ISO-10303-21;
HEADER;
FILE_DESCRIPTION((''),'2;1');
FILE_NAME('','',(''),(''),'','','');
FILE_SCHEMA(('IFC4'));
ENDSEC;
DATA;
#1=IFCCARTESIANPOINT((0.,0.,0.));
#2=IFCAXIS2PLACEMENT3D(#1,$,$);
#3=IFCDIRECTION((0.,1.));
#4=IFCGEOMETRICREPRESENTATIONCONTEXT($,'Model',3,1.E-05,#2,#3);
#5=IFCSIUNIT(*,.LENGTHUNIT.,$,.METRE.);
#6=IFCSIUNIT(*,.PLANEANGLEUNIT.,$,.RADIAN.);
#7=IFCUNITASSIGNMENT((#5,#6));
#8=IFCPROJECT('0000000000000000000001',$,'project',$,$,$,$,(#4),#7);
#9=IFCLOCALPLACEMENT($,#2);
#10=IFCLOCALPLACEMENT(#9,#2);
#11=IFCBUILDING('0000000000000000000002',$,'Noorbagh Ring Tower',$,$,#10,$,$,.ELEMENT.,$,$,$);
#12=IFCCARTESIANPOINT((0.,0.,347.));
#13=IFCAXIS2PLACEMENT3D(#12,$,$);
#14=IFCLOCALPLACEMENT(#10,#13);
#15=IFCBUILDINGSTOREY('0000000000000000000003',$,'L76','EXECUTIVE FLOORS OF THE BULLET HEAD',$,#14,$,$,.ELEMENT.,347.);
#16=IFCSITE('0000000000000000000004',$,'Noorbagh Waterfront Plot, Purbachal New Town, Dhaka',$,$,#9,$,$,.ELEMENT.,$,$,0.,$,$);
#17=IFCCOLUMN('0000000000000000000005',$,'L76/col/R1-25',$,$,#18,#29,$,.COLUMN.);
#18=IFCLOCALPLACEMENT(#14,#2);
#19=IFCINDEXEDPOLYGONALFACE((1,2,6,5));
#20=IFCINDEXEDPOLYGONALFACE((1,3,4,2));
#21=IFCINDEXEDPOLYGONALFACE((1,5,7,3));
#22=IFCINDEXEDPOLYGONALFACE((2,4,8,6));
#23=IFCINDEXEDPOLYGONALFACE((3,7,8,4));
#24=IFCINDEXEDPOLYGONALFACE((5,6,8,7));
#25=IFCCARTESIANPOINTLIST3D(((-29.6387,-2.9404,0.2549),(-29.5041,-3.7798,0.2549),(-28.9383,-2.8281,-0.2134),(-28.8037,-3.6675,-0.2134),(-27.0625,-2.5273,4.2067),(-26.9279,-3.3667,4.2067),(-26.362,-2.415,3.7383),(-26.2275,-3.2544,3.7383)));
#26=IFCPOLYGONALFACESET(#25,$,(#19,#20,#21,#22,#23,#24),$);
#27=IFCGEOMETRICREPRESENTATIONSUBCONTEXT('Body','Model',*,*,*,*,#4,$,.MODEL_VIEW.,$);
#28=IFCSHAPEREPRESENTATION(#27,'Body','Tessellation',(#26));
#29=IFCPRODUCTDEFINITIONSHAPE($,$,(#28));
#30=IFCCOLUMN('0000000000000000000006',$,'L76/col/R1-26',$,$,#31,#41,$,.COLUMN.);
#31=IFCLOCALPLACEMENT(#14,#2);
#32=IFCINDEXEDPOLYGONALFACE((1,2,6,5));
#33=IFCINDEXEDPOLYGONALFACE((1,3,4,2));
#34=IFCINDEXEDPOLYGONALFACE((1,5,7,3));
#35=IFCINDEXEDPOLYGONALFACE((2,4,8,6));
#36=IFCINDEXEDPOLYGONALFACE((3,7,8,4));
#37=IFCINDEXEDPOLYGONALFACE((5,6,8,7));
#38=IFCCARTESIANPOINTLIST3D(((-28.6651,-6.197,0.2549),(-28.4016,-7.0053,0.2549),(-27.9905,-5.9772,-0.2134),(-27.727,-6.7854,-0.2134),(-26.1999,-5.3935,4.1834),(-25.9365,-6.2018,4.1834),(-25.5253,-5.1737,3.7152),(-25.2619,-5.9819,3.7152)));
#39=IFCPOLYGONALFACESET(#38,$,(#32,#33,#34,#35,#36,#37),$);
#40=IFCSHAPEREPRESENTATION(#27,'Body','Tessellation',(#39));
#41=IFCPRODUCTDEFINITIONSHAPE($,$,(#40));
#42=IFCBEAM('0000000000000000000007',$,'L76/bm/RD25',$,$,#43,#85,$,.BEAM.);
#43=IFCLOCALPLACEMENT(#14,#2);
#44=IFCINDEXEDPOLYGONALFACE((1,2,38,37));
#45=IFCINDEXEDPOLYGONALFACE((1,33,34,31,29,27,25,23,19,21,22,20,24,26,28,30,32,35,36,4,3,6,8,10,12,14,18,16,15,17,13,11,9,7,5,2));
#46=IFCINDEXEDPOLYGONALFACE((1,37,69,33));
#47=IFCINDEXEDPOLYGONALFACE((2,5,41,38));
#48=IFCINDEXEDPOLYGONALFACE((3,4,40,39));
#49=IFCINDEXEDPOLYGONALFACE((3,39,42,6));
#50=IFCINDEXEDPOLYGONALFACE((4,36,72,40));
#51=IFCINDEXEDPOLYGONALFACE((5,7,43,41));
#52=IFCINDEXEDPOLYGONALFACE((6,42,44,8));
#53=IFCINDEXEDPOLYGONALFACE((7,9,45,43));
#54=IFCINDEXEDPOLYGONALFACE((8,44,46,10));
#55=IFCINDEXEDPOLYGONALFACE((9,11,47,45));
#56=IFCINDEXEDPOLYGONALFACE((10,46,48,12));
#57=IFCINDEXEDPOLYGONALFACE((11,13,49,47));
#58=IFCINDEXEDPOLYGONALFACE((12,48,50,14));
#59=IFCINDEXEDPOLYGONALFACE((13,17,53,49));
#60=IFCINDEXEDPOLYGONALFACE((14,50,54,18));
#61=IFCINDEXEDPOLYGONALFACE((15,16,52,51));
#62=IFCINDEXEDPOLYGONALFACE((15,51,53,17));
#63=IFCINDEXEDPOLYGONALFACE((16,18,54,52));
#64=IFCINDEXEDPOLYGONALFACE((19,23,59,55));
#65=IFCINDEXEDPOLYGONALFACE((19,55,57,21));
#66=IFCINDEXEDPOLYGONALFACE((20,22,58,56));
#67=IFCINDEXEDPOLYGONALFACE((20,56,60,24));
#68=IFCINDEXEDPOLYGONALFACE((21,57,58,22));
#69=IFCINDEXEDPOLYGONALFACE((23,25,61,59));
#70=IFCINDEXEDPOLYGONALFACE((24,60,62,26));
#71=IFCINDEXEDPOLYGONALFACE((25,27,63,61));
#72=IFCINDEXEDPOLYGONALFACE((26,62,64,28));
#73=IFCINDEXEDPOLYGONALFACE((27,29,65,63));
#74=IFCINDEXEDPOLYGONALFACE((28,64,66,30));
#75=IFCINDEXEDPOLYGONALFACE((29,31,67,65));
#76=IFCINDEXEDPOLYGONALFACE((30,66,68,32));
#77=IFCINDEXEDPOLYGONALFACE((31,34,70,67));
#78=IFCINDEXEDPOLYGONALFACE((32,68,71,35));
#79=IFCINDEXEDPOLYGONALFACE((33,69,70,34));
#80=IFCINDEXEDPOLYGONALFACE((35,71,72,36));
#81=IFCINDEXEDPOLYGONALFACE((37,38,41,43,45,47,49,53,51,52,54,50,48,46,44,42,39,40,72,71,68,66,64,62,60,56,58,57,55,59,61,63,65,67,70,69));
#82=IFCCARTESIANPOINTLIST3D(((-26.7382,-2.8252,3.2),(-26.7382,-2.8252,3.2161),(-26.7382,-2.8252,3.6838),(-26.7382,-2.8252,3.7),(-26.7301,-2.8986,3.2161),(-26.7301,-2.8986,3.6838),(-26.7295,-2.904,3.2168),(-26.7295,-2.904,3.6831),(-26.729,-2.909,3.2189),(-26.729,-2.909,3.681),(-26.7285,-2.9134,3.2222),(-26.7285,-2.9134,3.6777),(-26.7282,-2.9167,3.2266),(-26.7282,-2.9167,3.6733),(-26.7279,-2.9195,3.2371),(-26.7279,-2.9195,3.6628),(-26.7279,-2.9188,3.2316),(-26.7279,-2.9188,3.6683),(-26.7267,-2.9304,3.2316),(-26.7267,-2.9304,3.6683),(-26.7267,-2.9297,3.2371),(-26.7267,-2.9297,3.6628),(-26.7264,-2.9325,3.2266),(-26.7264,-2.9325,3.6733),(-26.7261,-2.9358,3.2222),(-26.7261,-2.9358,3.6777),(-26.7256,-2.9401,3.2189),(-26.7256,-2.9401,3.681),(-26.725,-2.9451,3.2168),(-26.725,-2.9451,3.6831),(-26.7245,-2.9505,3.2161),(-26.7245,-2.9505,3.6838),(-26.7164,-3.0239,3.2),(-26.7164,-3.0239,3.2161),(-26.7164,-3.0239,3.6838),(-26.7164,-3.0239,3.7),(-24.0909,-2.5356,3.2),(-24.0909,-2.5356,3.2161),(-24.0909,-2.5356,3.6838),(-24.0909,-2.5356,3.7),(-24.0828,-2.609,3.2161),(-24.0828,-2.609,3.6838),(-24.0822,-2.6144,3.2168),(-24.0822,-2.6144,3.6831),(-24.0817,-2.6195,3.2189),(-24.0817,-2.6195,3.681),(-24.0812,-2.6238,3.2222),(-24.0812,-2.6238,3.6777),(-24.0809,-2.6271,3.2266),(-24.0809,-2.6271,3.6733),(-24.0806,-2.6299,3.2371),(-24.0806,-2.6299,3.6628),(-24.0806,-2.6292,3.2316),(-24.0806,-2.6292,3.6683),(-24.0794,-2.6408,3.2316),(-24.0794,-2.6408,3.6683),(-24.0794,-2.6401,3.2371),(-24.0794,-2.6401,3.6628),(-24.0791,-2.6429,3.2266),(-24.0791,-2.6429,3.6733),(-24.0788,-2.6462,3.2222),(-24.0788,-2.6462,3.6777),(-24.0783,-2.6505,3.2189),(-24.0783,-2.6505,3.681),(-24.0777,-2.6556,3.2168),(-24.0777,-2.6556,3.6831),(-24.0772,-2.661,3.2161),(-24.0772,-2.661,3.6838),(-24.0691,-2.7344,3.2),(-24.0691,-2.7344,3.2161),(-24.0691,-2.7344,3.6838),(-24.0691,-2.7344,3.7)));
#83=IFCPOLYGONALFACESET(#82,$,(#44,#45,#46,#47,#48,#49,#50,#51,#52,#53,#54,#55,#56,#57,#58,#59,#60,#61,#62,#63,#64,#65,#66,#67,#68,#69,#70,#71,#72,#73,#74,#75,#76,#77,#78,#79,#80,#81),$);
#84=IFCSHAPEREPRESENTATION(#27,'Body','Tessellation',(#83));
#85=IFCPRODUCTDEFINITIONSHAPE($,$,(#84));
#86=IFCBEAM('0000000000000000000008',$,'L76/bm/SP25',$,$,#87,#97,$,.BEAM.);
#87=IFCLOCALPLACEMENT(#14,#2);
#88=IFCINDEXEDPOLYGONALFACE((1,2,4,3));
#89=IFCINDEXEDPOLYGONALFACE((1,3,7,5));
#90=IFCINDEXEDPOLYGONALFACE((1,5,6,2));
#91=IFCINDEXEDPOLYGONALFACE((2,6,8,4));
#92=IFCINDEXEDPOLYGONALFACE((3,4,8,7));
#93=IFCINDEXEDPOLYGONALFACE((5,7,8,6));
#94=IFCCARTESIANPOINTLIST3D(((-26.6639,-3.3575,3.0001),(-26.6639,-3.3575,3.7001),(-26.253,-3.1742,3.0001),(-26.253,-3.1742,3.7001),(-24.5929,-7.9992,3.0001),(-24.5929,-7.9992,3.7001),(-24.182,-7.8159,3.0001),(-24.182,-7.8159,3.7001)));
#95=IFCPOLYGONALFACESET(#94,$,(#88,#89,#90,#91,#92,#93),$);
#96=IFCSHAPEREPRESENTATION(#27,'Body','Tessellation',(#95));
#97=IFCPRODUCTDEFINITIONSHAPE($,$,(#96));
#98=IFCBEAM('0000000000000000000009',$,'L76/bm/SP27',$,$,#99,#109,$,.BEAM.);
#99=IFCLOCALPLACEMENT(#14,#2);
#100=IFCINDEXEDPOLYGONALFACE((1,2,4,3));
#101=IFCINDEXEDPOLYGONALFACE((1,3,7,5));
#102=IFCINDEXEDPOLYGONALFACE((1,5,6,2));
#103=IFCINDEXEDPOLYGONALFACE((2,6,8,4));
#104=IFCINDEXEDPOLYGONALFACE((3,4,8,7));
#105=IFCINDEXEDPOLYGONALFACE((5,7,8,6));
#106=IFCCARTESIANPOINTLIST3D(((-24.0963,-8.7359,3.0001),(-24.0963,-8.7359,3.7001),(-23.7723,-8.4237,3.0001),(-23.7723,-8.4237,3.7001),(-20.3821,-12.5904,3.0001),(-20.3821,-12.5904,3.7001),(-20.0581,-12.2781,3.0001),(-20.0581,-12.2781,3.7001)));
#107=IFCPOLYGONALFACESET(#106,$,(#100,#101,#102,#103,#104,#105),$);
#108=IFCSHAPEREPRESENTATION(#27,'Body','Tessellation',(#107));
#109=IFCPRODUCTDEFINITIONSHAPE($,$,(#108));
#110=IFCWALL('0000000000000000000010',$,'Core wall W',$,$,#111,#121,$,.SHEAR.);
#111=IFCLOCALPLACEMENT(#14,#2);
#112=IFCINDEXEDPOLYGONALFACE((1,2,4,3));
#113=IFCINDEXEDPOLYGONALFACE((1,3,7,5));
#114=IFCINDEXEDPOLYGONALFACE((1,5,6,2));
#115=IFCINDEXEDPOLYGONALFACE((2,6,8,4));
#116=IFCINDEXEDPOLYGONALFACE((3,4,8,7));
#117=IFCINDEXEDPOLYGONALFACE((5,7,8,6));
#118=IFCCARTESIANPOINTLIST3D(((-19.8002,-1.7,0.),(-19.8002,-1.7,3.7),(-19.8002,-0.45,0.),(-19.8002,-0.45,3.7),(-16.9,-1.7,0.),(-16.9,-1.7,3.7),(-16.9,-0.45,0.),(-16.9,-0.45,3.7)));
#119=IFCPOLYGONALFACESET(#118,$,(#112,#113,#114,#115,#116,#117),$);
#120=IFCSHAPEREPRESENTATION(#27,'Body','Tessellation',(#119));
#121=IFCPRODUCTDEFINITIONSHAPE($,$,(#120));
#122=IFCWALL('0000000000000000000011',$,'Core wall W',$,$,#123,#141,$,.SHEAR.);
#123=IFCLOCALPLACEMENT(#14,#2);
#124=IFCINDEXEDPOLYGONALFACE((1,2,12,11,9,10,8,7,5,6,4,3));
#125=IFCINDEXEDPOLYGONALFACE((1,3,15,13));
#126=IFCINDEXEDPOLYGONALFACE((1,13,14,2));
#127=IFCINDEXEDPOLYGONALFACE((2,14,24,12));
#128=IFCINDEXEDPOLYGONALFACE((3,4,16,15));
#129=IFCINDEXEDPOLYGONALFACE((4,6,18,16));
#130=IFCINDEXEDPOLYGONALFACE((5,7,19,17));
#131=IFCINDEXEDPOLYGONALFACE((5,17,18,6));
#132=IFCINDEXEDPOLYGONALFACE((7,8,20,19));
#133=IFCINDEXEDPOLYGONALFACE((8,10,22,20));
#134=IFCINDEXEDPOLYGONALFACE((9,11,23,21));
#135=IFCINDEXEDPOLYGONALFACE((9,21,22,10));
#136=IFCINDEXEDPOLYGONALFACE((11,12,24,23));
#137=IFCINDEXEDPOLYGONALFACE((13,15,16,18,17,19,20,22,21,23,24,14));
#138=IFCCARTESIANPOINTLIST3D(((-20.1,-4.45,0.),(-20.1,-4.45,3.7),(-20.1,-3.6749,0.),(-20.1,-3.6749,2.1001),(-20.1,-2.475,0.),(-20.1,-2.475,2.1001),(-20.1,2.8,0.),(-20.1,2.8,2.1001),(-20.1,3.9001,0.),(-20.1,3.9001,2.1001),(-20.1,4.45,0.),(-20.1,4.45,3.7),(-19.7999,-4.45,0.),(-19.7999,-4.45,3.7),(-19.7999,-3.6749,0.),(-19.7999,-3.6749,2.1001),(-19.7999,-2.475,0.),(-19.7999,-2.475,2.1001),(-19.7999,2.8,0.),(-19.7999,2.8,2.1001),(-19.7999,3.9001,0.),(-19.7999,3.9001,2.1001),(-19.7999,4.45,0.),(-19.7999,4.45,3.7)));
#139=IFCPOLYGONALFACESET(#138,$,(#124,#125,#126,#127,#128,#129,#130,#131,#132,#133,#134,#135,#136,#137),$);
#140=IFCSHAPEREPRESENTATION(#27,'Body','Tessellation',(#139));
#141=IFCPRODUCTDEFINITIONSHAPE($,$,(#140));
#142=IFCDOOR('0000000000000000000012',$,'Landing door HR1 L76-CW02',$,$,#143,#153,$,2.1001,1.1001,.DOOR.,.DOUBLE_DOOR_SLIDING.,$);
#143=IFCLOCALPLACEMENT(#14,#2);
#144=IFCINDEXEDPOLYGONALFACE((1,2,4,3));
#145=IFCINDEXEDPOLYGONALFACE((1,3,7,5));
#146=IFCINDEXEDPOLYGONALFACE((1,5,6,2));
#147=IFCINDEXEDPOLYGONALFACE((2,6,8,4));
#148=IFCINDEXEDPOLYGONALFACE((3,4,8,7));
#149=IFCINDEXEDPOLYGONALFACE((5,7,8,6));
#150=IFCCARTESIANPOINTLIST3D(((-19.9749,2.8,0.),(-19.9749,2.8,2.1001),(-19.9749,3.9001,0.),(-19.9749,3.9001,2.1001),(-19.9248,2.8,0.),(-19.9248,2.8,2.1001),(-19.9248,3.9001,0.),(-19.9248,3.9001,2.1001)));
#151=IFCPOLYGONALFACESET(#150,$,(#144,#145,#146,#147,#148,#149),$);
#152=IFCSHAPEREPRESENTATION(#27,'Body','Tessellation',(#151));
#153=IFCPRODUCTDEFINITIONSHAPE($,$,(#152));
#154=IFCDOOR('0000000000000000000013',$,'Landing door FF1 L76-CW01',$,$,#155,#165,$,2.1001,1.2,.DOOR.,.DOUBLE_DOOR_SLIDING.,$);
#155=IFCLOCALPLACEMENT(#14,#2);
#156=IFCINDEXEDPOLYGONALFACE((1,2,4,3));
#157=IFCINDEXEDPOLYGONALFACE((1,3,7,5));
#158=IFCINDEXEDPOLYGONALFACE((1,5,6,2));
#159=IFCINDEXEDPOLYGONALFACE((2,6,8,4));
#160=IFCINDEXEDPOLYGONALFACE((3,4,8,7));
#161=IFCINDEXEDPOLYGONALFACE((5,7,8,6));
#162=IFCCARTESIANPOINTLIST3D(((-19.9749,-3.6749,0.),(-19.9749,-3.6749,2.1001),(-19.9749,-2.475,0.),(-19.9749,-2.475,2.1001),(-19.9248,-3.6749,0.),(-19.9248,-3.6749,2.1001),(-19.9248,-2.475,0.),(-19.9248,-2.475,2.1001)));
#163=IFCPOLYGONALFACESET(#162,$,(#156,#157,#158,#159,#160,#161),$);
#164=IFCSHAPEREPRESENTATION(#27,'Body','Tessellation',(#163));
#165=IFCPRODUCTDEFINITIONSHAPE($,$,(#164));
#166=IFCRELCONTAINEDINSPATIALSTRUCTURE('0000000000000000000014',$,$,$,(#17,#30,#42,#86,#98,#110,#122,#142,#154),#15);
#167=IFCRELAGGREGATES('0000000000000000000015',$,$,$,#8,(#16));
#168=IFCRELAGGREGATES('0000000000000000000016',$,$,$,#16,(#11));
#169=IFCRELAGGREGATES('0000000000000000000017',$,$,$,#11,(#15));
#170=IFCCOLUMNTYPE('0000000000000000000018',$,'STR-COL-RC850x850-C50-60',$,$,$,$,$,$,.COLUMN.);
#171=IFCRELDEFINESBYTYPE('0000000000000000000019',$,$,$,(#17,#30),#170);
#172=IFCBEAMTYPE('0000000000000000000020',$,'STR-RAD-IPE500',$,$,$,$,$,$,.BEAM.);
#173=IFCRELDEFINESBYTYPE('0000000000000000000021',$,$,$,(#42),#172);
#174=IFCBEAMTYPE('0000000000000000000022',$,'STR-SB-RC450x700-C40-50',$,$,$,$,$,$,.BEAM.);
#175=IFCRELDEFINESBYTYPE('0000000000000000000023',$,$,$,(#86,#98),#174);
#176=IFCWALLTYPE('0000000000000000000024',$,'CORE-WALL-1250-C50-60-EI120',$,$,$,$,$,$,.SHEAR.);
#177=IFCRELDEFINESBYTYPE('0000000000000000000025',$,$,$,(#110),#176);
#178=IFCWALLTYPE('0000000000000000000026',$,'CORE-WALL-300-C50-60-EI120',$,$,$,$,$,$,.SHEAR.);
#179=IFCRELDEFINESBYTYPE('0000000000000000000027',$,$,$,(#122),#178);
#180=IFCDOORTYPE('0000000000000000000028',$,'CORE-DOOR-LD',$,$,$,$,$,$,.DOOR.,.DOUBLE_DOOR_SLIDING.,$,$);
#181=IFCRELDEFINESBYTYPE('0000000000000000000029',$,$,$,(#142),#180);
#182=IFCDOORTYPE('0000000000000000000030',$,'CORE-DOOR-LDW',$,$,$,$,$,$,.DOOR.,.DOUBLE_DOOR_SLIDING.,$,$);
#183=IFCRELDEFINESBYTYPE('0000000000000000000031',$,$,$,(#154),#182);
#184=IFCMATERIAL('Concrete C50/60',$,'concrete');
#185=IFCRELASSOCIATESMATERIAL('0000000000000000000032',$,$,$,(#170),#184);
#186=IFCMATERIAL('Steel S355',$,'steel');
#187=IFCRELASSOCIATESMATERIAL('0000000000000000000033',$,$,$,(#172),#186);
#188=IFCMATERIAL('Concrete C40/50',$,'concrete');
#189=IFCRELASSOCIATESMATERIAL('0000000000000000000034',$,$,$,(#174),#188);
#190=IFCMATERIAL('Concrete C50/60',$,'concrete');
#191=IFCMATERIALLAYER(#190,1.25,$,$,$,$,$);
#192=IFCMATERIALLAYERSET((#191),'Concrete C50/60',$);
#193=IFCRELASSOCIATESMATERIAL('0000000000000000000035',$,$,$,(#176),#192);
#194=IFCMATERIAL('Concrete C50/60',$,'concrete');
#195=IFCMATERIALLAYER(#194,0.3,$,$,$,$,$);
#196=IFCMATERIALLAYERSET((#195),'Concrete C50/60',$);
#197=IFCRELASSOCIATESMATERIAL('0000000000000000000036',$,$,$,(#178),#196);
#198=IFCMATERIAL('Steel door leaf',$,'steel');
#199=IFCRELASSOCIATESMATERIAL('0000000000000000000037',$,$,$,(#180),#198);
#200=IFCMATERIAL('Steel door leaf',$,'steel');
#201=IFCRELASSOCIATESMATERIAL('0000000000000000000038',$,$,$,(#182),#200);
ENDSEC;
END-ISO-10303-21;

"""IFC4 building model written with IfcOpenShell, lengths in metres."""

from ifc_helpers import new_model, si_unit, direction, frame, frame_2d, origin, origin_2d, place, context, subcontext, project, spatial, rectangle, i_section, extrude, material, layer, layer_set, material_profile, profile_set, type_object, element, fill, save


model = new_model("IFC4")

# Units and contexts
model_context = context("Model", 3, precision=1e-05, world=origin(), true_north=direction((0.0, 1.0)))
body_context = subcontext(model_context, "Body", "Model", "MODEL_VIEW")
ifc_project = project(units=[si_unit("LENGTHUNIT", "METRE"), si_unit("PLANEANGLEUNIT", "RADIAN")], contexts=[model_context])

# Site, building, storey
site_placement = place(None, origin())
site = spatial("IfcSite", under=ifc_project, at=site_placement, Name="Noorbagh Waterfront Plot, Purbachal New Town, Dhaka", CompositionType="ELEMENT", RefElevation=0.0)
building_placement = place(site_placement, origin())
building = spatial("IfcBuilding", under=site, at=building_placement, Name="Noorbagh Ring Tower", CompositionType="ELEMENT")
storey_placement = place(building_placement, frame((0.0, 0.0, 347.0)))
storey = spatial("IfcBuildingStorey", under=building, at=storey_placement, Name="L76", Description="EXECUTIVE FLOORS OF THE BULLET HEAD", CompositionType="ELEMENT", Elevation=347.0)

# Columns
ifc_material_1 = material(Name="Concrete C50/60", Category="concrete")
ifc_material_profile_1 = material_profile(ifc_material_1, rectangle(XDim=0.8501, YDim=0.8501, at=origin_2d()), Name="RC850x850")
ifc_profile_set_1 = profile_set([ifc_material_profile_1], Name="Concrete C50/60")
column_type = type_object("IfcColumnType", Name="STR-COL-RC850x850-C50-60", PredefinedType="COLUMN", material=ifc_profile_set_1)
column_1_placement = place(storey_placement, frame((-29.2212, -3.304, 0.0208), z_axis=(0.544037, 0.087236, 0.834514), x_axis=(-0.158326, 0.987387, 0.0)))
element("IfcColumn", 1, at=column_1_placement, inside=storey, type_object=column_type, Name="L76/col/R1-25", PredefinedType="COLUMN", context=body_context, shape_type="SweptSolid", body=[
    extrude(rectangle(XDim=0.8501, YDim=0.8501, at=origin_2d()), origin(), (0.0, 0.0, 1.0), 4.7354),
])
column_2_placement = place(storey_placement, frame((-28.196, -6.4912, 0.0208), z_axis=(0.523716, 0.170699, 0.834616), x_axis=(-0.309893, 0.950771, 0.0)))
element("IfcColumn", 2, at=column_2_placement, inside=storey, type_object=column_type, Name="L76/col/R1-26", PredefinedType="COLUMN", context=body_context, shape_type="SweptSolid", body=[
    extrude(rectangle(XDim=0.8501, YDim=0.8501, at=origin_2d()), origin(), (0.0, 0.0, 1.0), 4.707),
])

# Beams
ifc_material_2 = material(Name="Steel S355", Category="steel")
ifc_material_profile_2 = material_profile(ifc_material_2, i_section(OverallWidth=0.2, OverallDepth=0.5, WebThickness=0.0103, FlangeThickness=0.0161, FilletRadius=0.021, at=origin_2d()), Name="IPE500")
ifc_profile_set_2 = profile_set([ifc_material_profile_2], Name="Steel S355")
beam_type_1 = type_object("IfcBeamType", Name="STR-RAD-IPE500", PredefinedType="BEAM", material=ifc_profile_set_2)
beam_1_placement = place(storey_placement, frame((-26.7273, -2.9246, 3.45), z_axis=(0.994071, 0.108731, 0.0), x_axis=(-0.108731, 0.994071, 0.0)))
element("IfcBeam", 3, at=beam_1_placement, inside=storey, type_object=beam_type_1, Name="L76/bm/RD25", PredefinedType="BEAM", context=body_context, shape_type="SweptSolid", body=[
    extrude(i_section(OverallWidth=0.2, OverallDepth=0.5, WebThickness=0.0103, FlangeThickness=0.0161, FilletRadius=0.021, at=origin_2d()), origin(), (0.0, 0.0, 1.0), 2.6631),
])
ifc_material_3 = material(Name="Concrete C40/50", Category="concrete")
ifc_material_profile_3 = material_profile(ifc_material_3, rectangle(XDim=0.45, YDim=0.7, at=origin_2d()), Name="RC450x700")
ifc_profile_set_3 = profile_set([ifc_material_profile_3], Name="Concrete C40/50")
beam_type_2 = type_object("IfcBeamType", Name="STR-SB-RC450x700-C40-50", PredefinedType="BEAM", material=ifc_profile_set_3)
beam_2_placement = place(storey_placement, frame((-26.4585, -3.2659, 3.3501), z_axis=(0.407471, -0.913218, 0.0), x_axis=(0.913218, 0.407471, 0.0)))
element("IfcBeam", 4, at=beam_2_placement, inside=storey, type_object=beam_type_2, Name="L76/bm/SP25", PredefinedType="BEAM", context=body_context, shape_type="SweptSolid", body=[
    extrude(rectangle(XDim=0.45, YDim=0.7, at=origin_2d()), origin(), (0.0, 0.0, 1.0), 5.0828),
])
beam_3_placement = place(storey_placement, frame((-23.9343, -8.5798, 3.3501), z_axis=(0.693896, -0.720075, 0.0), x_axis=(0.720075, 0.693896, 0.0)))
element("IfcBeam", 5, at=beam_3_placement, inside=storey, type_object=beam_type_2, Name="L76/bm/SP27", PredefinedType="BEAM", context=body_context, shape_type="SweptSolid", body=[
    extrude(rectangle(XDim=0.45, YDim=0.7, at=origin_2d()), origin(), (0.0, 0.0, 1.0), 5.3528),
])

# Wall
ifc_material_4 = material(Name="Concrete C50/60", Category="concrete")
ifc_layer_1 = layer(ifc_material_4, 1.25)
ifc_layer_set_1 = layer_set([ifc_layer_1], Name="Concrete C50/60")
wall_type_1 = type_object("IfcWallType", Name="CORE-WALL-1250-C50-60-EI120", PredefinedType="SHEAR", material=ifc_layer_set_1)
wall_1_placement = place(storey_placement, frame((-16.8999, -1.075, 0.0), z_axis=(0.0, 0.0, 1.0), x_axis=(-1.0, 0.0, 0.0)))
element("IfcWall", 6, at=wall_1_placement, inside=storey, type_object=wall_type_1, Name="Core wall W", PredefinedType="SHEAR", context=body_context, shape_type="SweptSolid", body=[
    extrude(rectangle(XDim=2.9001, YDim=1.25, at=frame_2d((1.4502, 0.0))), origin(), (0.0, 0.0, 1.0), 3.7),
])

# Wall, openings, doors
ifc_material_5 = material(Name="Concrete C50/60", Category="concrete")
ifc_layer_2 = layer(ifc_material_5, 0.3)
ifc_layer_set_2 = layer_set([ifc_layer_2], Name="Concrete C50/60")
wall_type_2 = type_object("IfcWallType", Name="CORE-WALL-300-C50-60-EI120", PredefinedType="SHEAR", material=ifc_layer_set_2)
wall_2_placement = place(storey_placement, frame((-19.95, -4.45, 0.0), z_axis=(0.0, 0.0, 1.0), x_axis=(0.0, 1.0, 0.0)))
wall_2 = element("IfcWall", 7, at=wall_2_placement, inside=storey, type_object=wall_type_2, Name="Core wall W", PredefinedType="SHEAR", context=body_context, shape_type="SweptSolid", body=[
    extrude(rectangle(XDim=8.8999, YDim=0.3, at=frame_2d((4.45, 0.0))), origin(), (0.0, 0.0, 1.0), 3.7),
])
opening_1_placement = place(wall_2_placement, frame((0.7749, 0.0, 0.0)))
opening_1 = element("IfcOpeningElement", 8, at=opening_1_placement, cuts=wall_2, PredefinedType="OPENING", context=body_context, shape_type="SweptSolid", body=[
    extrude(rectangle(XDim=1.2, YDim=2.1001, at=frame_2d((0.6001, 1.05))), frame((0.0, 0.1602, 0.0), z_axis=(0.0, -1.0, 0.0), x_axis=(1.0, 0.0, 0.0)), (0.0, 0.0, 1.0), 0.3201),
])
opening_2_placement = place(wall_2_placement, frame((7.25, 0.0, 0.0)))
opening_2 = element("IfcOpeningElement", 9, at=opening_2_placement, cuts=wall_2, PredefinedType="OPENING", context=body_context, shape_type="SweptSolid", body=[
    extrude(rectangle(XDim=1.1001, YDim=2.1001, at=frame_2d((0.55, 1.05))), frame((0.0, 0.1602, 0.0), z_axis=(0.0, -1.0, 0.0), x_axis=(1.0, 0.0, 0.0)), (0.0, 0.0, 1.0), 0.3201),
])
ifc_material_6 = material(Name="Steel door leaf", Category="steel")
door_type_1 = type_object("IfcDoorType", Name="CORE-DOOR-LD", OperationType="DOUBLE_DOOR_SLIDING", PredefinedType="DOOR", material=ifc_material_6)
door_1_placement = place(opening_2_placement, origin())
door_1 = element("IfcDoor", 10, at=door_1_placement, inside=storey, type_object=door_type_1, Name="Landing door HR1 L76-CW02", OperationType="DOUBLE_DOOR_SLIDING", OverallHeight=2.1001, OverallWidth=1.1001, PredefinedType="DOOR", context=body_context, shape_type="SweptSolid", body=[
    extrude(rectangle(XDim=1.1001, YDim=2.1001, at=frame_2d((0.55, 1.05))), frame((0.0, 0.0249, 0.0), z_axis=(0.0, -1.0, 0.0), x_axis=(1.0, 0.0, 0.0)), (0.0, 0.0, 1.0), 0.05),
])
fill(opening_2, door_1)
ifc_material_7 = material(Name="Steel door leaf", Category="steel")
door_type_2 = type_object("IfcDoorType", Name="CORE-DOOR-LDW", OperationType="DOUBLE_DOOR_SLIDING", PredefinedType="DOOR", material=ifc_material_7)
door_2_placement = place(opening_1_placement, origin())
door_2 = element("IfcDoor", 11, at=door_2_placement, inside=storey, type_object=door_type_2, Name="Landing door FF1 L76-CW01", OperationType="DOUBLE_DOOR_SLIDING", OverallHeight=2.1001, OverallWidth=1.2, PredefinedType="DOOR", context=body_context, shape_type="SweptSolid", body=[
    extrude(rectangle(XDim=1.2, YDim=2.1001, at=frame_2d((0.6001, 1.05))), frame((0.0, 0.0249, 0.0), z_axis=(0.0, -1.0, 0.0), x_axis=(1.0, 0.0, 0.0)), (0.0, 0.0, 1.0), 0.05),
])
fill(opening_1, door_2)

save(model, "model.ifc")
